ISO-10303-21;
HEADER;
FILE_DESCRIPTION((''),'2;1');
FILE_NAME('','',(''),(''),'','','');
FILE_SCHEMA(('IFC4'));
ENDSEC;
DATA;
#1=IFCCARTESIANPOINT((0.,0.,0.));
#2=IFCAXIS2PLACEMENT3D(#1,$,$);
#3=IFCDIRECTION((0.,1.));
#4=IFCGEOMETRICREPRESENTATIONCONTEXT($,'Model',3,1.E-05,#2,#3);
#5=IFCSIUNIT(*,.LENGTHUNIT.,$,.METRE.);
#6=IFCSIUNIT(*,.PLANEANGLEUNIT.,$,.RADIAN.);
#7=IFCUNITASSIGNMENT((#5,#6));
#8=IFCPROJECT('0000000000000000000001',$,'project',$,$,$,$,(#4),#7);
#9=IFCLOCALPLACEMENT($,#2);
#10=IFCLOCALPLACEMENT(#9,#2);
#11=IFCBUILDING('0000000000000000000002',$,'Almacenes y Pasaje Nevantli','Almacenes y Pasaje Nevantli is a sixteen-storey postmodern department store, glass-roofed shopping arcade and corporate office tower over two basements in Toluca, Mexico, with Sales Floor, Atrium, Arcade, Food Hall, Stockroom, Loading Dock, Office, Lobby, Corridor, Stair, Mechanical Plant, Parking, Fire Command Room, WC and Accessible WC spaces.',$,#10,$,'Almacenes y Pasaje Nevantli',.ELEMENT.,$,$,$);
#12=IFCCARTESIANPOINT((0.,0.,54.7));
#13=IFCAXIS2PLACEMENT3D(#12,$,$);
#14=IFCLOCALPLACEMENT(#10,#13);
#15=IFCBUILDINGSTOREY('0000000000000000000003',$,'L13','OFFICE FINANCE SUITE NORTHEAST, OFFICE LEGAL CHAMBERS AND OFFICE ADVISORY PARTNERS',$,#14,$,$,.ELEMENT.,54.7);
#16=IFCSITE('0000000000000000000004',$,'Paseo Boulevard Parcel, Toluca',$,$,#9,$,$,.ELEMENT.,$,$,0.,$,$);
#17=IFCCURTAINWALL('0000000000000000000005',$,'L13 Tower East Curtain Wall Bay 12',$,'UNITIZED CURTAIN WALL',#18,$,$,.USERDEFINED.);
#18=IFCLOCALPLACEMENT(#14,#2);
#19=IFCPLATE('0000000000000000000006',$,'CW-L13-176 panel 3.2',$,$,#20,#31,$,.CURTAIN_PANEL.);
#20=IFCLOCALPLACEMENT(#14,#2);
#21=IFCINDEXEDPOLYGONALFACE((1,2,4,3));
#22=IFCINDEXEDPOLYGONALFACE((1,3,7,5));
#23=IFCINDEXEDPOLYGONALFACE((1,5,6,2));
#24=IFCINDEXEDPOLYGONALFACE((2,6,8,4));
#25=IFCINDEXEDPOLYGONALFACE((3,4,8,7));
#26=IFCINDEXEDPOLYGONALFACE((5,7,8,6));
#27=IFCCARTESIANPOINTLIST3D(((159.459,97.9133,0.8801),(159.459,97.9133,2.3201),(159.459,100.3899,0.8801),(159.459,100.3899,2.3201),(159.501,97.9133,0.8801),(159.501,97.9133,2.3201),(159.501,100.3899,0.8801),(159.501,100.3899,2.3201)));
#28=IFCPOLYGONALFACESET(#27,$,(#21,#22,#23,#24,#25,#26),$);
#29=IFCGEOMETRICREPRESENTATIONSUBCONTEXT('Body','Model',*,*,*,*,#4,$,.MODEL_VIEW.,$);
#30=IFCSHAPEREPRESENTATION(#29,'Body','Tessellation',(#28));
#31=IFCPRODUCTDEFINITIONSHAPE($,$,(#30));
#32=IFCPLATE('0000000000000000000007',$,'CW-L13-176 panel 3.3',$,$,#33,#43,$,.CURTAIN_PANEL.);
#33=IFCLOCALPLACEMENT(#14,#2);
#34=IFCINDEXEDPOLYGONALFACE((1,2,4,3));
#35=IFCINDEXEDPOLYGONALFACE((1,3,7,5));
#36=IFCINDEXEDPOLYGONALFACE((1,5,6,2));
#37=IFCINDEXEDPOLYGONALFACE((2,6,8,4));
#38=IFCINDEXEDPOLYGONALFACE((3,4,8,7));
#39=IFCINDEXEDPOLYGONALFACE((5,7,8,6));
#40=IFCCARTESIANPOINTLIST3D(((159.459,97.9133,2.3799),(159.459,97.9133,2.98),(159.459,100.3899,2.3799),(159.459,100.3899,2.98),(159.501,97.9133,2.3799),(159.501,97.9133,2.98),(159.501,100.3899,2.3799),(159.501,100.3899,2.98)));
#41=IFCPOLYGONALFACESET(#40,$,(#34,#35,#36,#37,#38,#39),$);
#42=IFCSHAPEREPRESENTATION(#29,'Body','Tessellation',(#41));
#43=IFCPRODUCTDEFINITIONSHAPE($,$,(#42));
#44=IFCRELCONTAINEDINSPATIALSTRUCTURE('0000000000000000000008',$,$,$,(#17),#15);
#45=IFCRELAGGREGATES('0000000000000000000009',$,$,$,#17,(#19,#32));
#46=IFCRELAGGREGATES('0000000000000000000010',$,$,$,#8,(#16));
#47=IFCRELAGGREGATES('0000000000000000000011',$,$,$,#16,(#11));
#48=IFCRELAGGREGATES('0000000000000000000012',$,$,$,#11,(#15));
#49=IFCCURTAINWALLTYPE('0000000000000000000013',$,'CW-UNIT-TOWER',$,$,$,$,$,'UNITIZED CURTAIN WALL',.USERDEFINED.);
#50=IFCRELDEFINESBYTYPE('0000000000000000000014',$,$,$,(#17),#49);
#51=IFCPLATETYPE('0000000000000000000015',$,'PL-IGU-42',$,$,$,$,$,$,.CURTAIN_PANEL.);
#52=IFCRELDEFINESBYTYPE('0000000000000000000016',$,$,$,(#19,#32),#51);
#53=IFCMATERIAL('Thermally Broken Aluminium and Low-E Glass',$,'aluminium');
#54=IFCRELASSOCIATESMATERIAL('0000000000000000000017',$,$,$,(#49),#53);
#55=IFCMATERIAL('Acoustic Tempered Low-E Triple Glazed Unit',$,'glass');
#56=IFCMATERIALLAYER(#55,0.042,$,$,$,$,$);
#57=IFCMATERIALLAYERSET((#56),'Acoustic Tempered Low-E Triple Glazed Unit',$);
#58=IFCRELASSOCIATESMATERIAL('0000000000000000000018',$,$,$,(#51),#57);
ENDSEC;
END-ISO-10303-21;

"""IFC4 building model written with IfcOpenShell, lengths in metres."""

from ifc_helpers import new_model, si_unit, direction, frame, origin, origin_2d, place, context, subcontext, project, spatial, rectangle, extrude, material, layer, layer_set, type_object, element, aggregate, save


model = new_model("IFC4")

# Units and contexts
model_context = context("Model", 3, precision=1e-05, world=origin(), true_north=direction((0.0, 1.0)))
body_context = subcontext(model_context, "Body", "Model", "MODEL_VIEW")
ifc_project = project(units=[si_unit("LENGTHUNIT", "METRE"), si_unit("PLANEANGLEUNIT", "RADIAN")], contexts=[model_context])

# Site, building, storey
site_placement = place(None, origin())
site = spatial("IfcSite", under=ifc_project, at=site_placement, Name="Paseo Boulevard Parcel, Toluca", CompositionType="ELEMENT", RefElevation=0.0)
building_placement = place(site_placement, origin())
building = spatial("IfcBuilding", under=site, at=building_placement, Name="Almacenes y Pasaje Nevantli", Description="Almacenes y Pasaje Nevantli is a sixteen-storey postmodern department store, glass-roofed shopping arcade and corporate office tower over two basements in Toluca, Mexico, with Sales Floor, Atrium, Arcade, Food Hall, Stockroom, Loading Dock, Office, Lobby, Corridor, Stair, Mechanical Plant, Parking, Fire Command Room, WC and Accessible WC spaces.", LongName="Almacenes y Pasaje Nevantli", CompositionType="ELEMENT")
storey_placement = place(building_placement, frame((0.0, 0.0, 54.7)))
storey = spatial("IfcBuildingStorey", under=building, at=storey_placement, Name="L13", Description="OFFICE FINANCE SUITE NORTHEAST, OFFICE LEGAL CHAMBERS AND OFFICE ADVISORY PARTNERS", CompositionType="ELEMENT", Elevation=54.7)

# Curtain wall
ifc_material_1 = material(Name="Thermally Broken Aluminium and Low-E Glass", Category="aluminium")
curtain_wall_type = type_object("IfcCurtainWallType", Name="CW-UNIT-TOWER", ElementType="UNITIZED CURTAIN WALL", PredefinedType="USERDEFINED", material=ifc_material_1)
curtain_wall_1_placement = place(storey_placement, origin())
curtain_wall_1 = element("IfcCurtainWall", 1, at=curtain_wall_1_placement, inside=storey, type_object=curtain_wall_type, Name="L13 Tower East Curtain Wall Bay 12", ObjectType="UNITIZED CURTAIN WALL", PredefinedType="USERDEFINED")

# Shared definitions
ifc_material_2 = material(Name="Acoustic Tempered Low-E Triple Glazed Unit", Category="glass")
ifc_layer = layer(ifc_material_2, 0.042)
ifc_layer_set = layer_set([ifc_layer], Name="Acoustic Tempered Low-E Triple Glazed Unit")
plate_type = type_object("IfcPlateType", Name="PL-IGU-42", PredefinedType="CURTAIN_PANEL", material=ifc_layer_set)

# Plates
plate_1_placement = place(storey_placement, frame((159.48, 99.1516, 0.8801), z_axis=(0.0, 0.0, 1.0), x_axis=(0.0, 1.0, 0.0)))
plate_1 = element("IfcPlate", 2, at=plate_1_placement, type_object=plate_type, Name="CW-L13-176 panel 3.2", PredefinedType="CURTAIN_PANEL", context=body_context, shape_type="SweptSolid", body=[
    extrude(rectangle(XDim=2.4766, YDim=0.042, at=origin_2d()), origin(), (0.0, 0.0, 1.0), 1.4399),
])
plate_2_placement = place(storey_placement, frame((159.48, 99.1516, 2.3799), z_axis=(0.0, 0.0, 1.0), x_axis=(0.0, 1.0, 0.0)))
plate_2 = element("IfcPlate", 3, at=plate_2_placement, type_object=plate_type, Name="CW-L13-176 panel 3.3", PredefinedType="CURTAIN_PANEL", context=body_context, shape_type="SweptSolid", body=[
    extrude(rectangle(XDim=2.4766, YDim=0.042, at=origin_2d()), origin(), (0.0, 0.0, 1.0), 0.6001),
])
aggregate(curtain_wall_1, [plate_1, plate_2])

save(model, "model.ifc")
